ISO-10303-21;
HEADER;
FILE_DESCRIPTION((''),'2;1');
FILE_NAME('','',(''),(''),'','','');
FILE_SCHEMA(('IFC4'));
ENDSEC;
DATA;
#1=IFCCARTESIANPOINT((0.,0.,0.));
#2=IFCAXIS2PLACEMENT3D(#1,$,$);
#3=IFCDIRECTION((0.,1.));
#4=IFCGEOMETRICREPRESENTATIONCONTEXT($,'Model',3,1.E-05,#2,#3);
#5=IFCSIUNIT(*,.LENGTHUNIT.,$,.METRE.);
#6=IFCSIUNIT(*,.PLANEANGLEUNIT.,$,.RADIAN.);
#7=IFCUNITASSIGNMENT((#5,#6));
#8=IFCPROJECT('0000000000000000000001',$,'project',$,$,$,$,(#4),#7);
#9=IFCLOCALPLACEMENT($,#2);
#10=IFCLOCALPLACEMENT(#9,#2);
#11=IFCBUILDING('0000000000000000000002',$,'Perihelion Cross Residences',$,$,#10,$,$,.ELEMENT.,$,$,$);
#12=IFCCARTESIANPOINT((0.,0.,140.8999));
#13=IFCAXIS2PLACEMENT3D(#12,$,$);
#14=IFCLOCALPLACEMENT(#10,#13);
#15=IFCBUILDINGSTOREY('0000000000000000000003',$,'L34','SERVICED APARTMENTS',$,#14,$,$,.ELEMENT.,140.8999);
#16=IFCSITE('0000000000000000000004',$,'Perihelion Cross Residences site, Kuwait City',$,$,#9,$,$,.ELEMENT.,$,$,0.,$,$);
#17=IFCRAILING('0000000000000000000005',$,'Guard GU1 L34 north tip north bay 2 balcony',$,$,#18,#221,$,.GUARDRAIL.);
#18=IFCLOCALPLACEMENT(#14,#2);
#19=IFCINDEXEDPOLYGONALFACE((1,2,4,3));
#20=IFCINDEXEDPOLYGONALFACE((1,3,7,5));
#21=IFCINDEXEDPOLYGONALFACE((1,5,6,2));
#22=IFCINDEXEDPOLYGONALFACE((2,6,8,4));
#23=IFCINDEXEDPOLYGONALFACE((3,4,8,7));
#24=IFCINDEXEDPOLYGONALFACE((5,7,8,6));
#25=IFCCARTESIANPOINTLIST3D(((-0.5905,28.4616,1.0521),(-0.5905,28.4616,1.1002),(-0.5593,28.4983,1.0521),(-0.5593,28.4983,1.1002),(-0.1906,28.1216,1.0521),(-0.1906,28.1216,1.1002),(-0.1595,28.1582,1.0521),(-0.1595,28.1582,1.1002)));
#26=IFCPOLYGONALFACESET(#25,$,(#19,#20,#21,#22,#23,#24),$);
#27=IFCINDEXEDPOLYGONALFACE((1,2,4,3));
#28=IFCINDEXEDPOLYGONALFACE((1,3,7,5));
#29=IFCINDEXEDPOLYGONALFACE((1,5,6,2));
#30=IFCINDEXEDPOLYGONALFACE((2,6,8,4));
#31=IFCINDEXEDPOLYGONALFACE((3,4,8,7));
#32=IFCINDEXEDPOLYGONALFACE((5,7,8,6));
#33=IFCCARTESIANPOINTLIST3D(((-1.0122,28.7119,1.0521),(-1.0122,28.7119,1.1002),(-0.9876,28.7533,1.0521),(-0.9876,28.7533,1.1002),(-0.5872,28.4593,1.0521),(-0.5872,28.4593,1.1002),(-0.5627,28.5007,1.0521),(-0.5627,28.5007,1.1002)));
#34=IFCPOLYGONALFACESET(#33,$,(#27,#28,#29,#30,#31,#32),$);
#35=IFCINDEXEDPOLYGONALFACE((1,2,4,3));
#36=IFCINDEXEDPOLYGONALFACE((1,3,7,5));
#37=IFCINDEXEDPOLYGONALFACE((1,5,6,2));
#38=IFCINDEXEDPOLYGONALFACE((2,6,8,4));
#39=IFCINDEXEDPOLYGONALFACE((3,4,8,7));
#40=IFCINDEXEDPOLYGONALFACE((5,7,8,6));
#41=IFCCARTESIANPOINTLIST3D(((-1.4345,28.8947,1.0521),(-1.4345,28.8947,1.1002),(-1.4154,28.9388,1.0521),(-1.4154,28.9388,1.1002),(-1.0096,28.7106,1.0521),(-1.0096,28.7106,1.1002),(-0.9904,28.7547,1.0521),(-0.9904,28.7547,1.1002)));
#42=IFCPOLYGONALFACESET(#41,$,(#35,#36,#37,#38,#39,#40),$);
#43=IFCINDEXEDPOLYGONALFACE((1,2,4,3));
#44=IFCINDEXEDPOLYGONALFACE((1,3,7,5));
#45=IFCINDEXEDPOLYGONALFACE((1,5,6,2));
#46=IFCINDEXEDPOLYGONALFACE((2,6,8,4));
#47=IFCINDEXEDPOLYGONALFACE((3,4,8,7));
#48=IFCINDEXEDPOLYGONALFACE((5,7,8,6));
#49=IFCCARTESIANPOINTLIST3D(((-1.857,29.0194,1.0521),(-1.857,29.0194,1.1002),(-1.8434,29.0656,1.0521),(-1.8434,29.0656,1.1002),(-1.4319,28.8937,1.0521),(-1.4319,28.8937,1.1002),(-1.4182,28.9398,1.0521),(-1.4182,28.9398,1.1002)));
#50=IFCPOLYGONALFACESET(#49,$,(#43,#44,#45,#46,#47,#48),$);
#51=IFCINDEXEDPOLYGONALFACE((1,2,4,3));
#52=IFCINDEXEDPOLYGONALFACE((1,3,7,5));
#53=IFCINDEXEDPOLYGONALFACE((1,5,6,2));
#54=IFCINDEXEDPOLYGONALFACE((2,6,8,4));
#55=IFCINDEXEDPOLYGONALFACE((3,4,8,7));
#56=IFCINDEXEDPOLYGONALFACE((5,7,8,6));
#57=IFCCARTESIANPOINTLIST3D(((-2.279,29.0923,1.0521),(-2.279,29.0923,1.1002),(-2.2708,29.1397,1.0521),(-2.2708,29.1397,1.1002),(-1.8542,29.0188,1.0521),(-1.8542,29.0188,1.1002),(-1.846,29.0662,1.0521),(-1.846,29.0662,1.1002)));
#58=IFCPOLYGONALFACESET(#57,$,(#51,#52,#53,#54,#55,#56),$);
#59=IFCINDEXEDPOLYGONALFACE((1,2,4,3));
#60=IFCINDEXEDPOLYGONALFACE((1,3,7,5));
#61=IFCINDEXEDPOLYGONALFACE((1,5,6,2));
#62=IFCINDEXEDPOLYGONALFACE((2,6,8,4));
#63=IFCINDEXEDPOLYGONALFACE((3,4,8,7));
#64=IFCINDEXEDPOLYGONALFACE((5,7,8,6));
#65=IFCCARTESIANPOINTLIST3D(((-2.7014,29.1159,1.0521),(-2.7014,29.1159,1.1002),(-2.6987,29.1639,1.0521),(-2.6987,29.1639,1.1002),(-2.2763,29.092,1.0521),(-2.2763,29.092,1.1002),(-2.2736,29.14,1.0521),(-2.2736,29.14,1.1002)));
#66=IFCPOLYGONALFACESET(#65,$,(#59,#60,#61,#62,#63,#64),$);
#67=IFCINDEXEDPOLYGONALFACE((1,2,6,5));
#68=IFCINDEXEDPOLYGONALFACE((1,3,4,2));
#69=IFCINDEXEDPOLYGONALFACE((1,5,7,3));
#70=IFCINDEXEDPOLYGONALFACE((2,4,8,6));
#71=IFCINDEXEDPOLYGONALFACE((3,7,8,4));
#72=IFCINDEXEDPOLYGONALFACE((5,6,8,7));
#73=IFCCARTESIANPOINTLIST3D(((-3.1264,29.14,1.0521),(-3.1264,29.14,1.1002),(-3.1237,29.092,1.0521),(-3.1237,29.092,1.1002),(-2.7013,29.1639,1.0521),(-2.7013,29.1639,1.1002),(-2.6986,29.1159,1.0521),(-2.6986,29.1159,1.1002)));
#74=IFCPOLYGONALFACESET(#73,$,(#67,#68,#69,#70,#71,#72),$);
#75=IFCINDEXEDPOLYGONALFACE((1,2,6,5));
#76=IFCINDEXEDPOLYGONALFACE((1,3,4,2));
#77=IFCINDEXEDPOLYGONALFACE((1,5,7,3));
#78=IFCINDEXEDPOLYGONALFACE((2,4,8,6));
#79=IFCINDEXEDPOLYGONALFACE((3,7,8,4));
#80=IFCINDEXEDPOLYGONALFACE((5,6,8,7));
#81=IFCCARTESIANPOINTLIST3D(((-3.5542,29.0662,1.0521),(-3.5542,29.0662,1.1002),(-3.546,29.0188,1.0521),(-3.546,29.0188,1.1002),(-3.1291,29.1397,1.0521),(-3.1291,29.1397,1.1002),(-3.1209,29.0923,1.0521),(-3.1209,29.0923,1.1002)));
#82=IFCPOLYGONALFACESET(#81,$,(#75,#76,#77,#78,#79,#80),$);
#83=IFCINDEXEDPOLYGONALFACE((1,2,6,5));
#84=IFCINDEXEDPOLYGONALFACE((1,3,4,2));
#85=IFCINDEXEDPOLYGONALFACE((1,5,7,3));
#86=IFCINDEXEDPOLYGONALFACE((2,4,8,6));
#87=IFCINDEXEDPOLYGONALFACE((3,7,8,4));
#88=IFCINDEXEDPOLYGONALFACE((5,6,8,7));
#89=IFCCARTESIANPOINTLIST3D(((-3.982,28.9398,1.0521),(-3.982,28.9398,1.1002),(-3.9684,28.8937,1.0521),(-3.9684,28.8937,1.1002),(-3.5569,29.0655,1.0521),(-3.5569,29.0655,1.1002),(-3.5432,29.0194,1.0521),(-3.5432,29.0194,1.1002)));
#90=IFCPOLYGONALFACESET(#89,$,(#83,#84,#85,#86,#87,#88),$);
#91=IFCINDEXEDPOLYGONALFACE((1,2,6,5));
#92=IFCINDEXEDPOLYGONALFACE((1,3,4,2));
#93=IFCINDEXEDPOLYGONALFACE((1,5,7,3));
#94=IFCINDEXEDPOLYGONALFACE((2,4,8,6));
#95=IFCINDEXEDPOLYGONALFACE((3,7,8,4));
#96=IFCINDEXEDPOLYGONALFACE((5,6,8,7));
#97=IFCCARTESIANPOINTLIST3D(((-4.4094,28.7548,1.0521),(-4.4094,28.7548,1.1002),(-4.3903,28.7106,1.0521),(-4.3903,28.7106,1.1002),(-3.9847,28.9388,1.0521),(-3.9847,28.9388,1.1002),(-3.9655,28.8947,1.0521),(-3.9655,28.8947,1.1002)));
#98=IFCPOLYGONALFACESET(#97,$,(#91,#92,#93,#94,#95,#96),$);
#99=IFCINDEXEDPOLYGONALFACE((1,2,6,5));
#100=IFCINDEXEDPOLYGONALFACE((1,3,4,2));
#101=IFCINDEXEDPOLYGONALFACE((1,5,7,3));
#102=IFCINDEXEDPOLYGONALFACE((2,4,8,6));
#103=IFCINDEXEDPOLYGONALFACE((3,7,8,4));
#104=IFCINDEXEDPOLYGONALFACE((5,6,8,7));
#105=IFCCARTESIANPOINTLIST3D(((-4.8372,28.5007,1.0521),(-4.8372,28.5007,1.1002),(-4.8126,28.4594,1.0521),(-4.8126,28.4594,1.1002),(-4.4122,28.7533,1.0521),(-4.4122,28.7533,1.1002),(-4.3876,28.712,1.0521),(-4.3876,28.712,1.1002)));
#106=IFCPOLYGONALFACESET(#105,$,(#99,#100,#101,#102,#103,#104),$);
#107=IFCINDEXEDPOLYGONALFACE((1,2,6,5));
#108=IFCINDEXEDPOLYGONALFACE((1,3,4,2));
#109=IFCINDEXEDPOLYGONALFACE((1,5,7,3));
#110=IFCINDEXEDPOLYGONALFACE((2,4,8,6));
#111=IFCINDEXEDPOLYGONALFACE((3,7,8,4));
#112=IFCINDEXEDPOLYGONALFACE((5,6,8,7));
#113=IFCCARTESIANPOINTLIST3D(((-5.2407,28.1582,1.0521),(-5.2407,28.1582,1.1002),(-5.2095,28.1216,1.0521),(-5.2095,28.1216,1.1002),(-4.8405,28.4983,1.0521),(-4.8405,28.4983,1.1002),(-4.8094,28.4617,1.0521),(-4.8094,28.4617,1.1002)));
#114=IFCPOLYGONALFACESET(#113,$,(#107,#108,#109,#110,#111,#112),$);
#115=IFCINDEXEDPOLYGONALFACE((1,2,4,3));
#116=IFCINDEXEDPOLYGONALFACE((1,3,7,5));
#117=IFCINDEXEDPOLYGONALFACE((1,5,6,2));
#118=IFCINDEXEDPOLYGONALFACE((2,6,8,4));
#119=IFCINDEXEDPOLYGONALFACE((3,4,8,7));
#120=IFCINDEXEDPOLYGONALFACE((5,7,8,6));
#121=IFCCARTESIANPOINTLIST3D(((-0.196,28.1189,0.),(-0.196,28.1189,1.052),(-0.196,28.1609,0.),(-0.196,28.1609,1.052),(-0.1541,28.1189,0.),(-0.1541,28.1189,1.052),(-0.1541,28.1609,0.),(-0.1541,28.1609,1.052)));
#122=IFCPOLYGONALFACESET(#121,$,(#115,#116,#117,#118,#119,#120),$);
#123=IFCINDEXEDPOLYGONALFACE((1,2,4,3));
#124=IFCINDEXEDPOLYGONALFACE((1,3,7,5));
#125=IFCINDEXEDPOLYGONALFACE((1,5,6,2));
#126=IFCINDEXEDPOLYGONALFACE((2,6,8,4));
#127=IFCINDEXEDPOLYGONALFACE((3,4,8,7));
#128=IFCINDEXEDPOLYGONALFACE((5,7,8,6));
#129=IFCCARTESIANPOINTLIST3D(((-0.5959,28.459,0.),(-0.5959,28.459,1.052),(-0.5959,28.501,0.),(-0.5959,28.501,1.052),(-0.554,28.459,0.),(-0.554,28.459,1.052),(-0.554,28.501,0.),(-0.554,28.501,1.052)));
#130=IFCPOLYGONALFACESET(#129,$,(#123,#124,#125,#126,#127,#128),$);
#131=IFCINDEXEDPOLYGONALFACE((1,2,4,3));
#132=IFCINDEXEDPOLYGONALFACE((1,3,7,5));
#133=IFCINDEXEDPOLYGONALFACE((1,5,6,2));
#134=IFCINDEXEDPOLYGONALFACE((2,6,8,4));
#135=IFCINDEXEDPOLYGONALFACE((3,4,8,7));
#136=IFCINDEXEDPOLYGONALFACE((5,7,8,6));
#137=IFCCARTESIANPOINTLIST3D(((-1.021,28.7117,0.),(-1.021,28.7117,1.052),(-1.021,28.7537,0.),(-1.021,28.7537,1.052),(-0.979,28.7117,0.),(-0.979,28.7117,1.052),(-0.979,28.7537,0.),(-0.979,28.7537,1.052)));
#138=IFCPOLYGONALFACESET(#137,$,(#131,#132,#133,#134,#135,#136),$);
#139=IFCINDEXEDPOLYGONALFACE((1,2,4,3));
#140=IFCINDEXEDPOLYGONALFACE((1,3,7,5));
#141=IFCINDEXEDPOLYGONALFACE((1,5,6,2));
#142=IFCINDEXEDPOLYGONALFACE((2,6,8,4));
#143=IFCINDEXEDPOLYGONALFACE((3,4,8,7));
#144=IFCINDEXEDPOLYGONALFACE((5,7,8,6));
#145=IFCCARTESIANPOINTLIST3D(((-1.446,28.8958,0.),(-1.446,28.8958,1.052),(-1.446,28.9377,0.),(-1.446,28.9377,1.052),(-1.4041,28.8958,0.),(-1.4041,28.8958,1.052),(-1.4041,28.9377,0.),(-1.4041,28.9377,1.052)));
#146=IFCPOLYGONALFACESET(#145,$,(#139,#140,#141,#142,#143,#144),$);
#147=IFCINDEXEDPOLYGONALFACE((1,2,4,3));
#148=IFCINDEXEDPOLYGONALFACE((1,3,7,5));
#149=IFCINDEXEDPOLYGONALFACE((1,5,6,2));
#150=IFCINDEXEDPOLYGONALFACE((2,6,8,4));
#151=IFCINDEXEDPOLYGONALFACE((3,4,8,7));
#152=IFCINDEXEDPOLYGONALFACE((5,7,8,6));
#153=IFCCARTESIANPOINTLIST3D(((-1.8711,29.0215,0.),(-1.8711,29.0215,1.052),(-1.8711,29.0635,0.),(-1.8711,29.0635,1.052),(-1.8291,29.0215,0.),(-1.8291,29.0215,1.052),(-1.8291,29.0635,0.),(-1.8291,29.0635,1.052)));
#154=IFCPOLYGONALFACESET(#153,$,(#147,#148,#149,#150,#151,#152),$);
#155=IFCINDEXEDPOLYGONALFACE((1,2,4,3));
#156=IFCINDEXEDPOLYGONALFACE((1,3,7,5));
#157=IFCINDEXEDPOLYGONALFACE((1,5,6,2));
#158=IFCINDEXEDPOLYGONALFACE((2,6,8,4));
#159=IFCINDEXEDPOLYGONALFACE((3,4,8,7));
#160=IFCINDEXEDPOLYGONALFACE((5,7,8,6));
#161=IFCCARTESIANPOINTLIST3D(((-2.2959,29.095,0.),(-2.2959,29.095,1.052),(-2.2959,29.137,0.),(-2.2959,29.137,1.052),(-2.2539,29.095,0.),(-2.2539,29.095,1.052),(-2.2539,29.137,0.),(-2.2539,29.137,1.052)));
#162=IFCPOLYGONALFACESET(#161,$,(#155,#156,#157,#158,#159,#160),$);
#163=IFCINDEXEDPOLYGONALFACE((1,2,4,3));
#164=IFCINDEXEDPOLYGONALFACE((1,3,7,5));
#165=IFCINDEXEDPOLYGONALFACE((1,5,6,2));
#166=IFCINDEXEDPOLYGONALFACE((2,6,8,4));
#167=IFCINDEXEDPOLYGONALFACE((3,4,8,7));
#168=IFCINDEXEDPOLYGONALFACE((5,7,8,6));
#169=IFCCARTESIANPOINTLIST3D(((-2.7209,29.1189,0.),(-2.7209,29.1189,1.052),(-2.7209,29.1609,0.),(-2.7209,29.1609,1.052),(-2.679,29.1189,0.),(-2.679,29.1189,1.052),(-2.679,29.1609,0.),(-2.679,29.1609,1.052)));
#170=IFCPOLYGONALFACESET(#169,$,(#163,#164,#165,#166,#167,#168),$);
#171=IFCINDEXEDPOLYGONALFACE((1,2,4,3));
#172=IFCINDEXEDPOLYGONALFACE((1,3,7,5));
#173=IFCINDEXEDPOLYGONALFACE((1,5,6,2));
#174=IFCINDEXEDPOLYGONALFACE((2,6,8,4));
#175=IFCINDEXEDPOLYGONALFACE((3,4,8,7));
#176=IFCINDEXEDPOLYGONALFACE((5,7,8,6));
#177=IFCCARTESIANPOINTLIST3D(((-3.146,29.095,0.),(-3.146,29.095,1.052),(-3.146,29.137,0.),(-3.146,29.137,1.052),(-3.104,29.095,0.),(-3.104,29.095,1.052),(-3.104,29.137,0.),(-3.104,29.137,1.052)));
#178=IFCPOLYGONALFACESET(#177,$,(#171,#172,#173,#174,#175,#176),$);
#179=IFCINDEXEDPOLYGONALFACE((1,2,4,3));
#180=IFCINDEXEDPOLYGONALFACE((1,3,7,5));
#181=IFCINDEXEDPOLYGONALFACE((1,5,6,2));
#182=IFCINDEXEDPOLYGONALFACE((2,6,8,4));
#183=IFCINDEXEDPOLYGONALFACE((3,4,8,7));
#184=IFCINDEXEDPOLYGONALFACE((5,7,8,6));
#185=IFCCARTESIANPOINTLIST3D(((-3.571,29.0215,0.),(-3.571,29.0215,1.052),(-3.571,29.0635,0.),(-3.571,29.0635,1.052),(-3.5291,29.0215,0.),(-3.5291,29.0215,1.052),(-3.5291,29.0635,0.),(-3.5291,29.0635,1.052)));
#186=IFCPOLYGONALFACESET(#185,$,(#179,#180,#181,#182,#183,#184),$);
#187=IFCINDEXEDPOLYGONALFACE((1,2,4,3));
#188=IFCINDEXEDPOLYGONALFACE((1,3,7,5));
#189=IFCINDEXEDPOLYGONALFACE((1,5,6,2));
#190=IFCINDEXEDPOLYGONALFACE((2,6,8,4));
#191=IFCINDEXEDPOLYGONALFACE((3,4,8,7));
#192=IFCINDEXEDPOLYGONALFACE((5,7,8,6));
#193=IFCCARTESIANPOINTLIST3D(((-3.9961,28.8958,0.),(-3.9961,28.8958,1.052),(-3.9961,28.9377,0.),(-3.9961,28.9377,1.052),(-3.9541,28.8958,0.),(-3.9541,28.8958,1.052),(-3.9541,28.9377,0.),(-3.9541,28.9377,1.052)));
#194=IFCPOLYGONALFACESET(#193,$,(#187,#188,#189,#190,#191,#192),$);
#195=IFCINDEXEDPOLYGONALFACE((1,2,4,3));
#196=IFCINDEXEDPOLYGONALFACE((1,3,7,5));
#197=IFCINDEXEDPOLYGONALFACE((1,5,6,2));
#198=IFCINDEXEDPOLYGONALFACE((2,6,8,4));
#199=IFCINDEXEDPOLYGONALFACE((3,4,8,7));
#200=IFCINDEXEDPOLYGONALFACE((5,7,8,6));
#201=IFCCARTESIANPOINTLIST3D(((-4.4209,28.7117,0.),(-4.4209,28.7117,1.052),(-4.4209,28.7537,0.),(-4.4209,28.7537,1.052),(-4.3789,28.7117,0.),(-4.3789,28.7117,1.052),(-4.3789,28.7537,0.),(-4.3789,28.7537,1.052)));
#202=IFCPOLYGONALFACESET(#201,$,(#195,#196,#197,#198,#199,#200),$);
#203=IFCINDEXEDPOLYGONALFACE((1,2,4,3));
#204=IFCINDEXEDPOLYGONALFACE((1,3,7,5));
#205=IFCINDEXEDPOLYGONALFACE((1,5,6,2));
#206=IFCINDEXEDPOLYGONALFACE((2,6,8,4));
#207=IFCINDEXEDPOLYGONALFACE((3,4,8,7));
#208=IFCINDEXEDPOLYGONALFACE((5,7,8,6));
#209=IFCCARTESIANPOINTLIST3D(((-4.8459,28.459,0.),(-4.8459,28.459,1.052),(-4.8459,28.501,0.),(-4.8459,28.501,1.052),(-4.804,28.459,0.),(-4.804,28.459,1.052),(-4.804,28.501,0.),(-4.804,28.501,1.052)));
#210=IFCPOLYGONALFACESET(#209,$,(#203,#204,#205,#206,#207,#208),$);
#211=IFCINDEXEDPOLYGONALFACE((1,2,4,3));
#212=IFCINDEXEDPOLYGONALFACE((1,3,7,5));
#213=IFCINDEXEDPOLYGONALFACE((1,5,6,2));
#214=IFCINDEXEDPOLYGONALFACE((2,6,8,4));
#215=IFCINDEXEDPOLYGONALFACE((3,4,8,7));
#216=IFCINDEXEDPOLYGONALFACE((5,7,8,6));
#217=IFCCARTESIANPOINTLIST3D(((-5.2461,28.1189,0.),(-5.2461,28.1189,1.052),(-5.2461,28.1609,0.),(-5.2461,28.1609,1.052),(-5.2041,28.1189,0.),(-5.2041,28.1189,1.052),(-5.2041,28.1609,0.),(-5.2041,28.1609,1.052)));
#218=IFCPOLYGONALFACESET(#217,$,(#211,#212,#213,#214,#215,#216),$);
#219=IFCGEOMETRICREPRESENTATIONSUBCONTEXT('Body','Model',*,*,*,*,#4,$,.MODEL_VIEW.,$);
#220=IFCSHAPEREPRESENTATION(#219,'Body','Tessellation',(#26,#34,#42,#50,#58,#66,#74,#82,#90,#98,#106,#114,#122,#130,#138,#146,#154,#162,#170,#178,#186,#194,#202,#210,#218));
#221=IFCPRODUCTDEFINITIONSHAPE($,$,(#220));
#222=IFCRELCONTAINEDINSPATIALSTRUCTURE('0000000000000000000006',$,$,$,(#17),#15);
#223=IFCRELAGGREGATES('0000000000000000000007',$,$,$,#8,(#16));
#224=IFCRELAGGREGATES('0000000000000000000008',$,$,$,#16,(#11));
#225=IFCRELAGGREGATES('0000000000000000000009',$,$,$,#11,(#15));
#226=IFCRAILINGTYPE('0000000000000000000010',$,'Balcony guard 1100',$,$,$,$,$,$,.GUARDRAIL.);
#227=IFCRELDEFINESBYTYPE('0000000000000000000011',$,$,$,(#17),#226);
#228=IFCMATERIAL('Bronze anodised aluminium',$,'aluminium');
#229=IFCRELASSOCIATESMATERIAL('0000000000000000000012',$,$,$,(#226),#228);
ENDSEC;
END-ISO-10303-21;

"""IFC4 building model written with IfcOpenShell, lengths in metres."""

from ifc_helpers import new_model, si_unit, direction, frame, origin, origin_2d, place, context, subcontext, project, spatial, rectangle, extrude, material, type_object, element, save


model = new_model("IFC4")

# Units and contexts
model_context = context("Model", 3, precision=1e-05, world=origin(), true_north=direction((0.0, 1.0)))
body_context = subcontext(model_context, "Body", "Model", "MODEL_VIEW")
ifc_project = project(units=[si_unit("LENGTHUNIT", "METRE"), si_unit("PLANEANGLEUNIT", "RADIAN")], contexts=[model_context])

# Site, building, storey
site_placement = place(None, origin())
site = spatial("IfcSite", under=ifc_project, at=site_placement, Name="Perihelion Cross Residences site, Kuwait City", CompositionType="ELEMENT", RefElevation=0.0)
building_placement = place(site_placement, origin())
building = spatial("IfcBuilding", under=site, at=building_placement, Name="Perihelion Cross Residences", CompositionType="ELEMENT")
storey_placement = place(building_placement, frame((0.0, 0.0, 140.8999)))
storey = spatial("IfcBuildingStorey", under=building, at=storey_placement, Name="L34", Description="SERVICED APARTMENTS", CompositionType="ELEMENT", Elevation=140.8999)

# Railing
ifc_material_1 = material(Name="Bronze anodised aluminium", Category="aluminium")
railing_type = type_object("IfcRailingType", Name="Balcony guard 1100", PredefinedType="GUARDRAIL", material=ifc_material_1)
railing_placement = place(storey_placement, frame((-0.175, 28.1399, 0.0)))
element("IfcRailing", 1, at=railing_placement, inside=storey, type_object=railing_type, Name="Guard GU1 L34 north tip north bay 2 balcony", PredefinedType="GUARDRAIL", context=body_context, shape_type="SweptSolid", body=[
    extrude(rectangle(XDim=0.0481, YDim=0.0481, at=origin_2d()), frame((0.0, 0.0, 1.0762), z_axis=(-0.761779, 0.647837, 0.0), x_axis=(-0.647837, -0.761779, 0.0)), (0.0, 0.0, 1.0), 0.5249),
    extrude(rectangle(XDim=0.0481, YDim=0.0481, at=origin_2d()), frame((-0.3999, 0.3401, 1.0762), z_axis=(-0.859577, 0.511006, 0.0), x_axis=(-0.511006, -0.859577, 0.0)), (0.0, 0.0, 1.0), 0.4944),
    extrude(rectangle(XDim=0.0481, YDim=0.0481, at=origin_2d()), frame((-0.825, 0.5928, 1.0762), z_axis=(-0.917639, 0.397415, 0.0), x_axis=(-0.397415, -0.917639, 0.0)), (0.0, 0.0, 1.0), 0.4631),
    extrude(rectangle(XDim=0.0481, YDim=0.0481, at=origin_2d()), frame((-1.25, 0.7769, 1.0762), z_axis=(-0.958926, 0.283657, 0.0), x_axis=(-0.283657, -0.958926, 0.0)), (0.0, 0.0, 1.0), 0.4434),
    extrude(rectangle(XDim=0.0481, YDim=0.0481, at=origin_2d()), frame((-1.675, 0.9026, 1.0762), z_axis=(-0.985365, 0.170457, 0.0), x_axis=(-0.170457, -0.985365, 0.0)), (0.0, 0.0, 1.0), 0.4312),
    extrude(rectangle(XDim=0.0481, YDim=0.0481, at=origin_2d()), frame((-2.0999, 0.9761, 1.0762), z_axis=(-0.99842, 0.056201, 0.0), x_axis=(-0.056201, -0.99842, 0.0)), (0.0, 0.0, 1.0), 0.4258),
    extrude(rectangle(XDim=0.0481, YDim=0.0481, at=origin_2d()), frame((-2.5249, 1.0, 1.0762), z_axis=(-0.99842, -0.056201, 0.0), x_axis=(0.056201, -0.99842, 0.0)), (0.0, 0.0, 1.0), 0.4258),
    extrude(rectangle(XDim=0.0481, YDim=0.0481, at=origin_2d()), frame((-2.95, 0.9761, 1.0762), z_axis=(-0.985382, -0.170362, 0.0), x_axis=(0.170362, -0.985382, 0.0)), (0.0, 0.0, 1.0), 0.4314),
    extrude(rectangle(XDim=0.0481, YDim=0.0481, at=origin_2d()), frame((-3.375, 0.9026, 1.0762), z_axis=(-0.958926, -0.283657, 0.0), x_axis=(0.283657, -0.958926, 0.0)), (0.0, 0.0, 1.0), 0.4434),
    extrude(rectangle(XDim=0.0481, YDim=0.0481, at=origin_2d()), frame((-3.8, 0.7769, 1.0762), z_axis=(-0.917556, -0.397607, 0.0), x_axis=(0.397607, -0.917556, 0.0)), (0.0, 0.0, 1.0), 0.4629),
    extrude(rectangle(XDim=0.0481, YDim=0.0481, at=origin_2d()), frame((-4.2249, 0.5928, 1.0762), z_axis=(-0.859577, -0.511006, 0.0), x_axis=(0.511006, -0.859577, 0.0)), (0.0, 0.0, 1.0), 0.4944),
    extrude(rectangle(XDim=0.0481, YDim=0.0481, at=origin_2d()), frame((-4.6499, 0.3401, 1.0762), z_axis=(-0.761974, -0.647608, 0.0), x_axis=(0.647608, -0.761974, 0.0)), (0.0, 0.0, 1.0), 0.5251),
    extrude(rectangle(XDim=0.042, YDim=0.042, at=origin_2d()), origin(), (0.0, 0.0, 1.0), 1.052),
    extrude(rectangle(XDim=0.042, YDim=0.042, at=origin_2d()), frame((-0.3999, 0.3401, 0.0)), (0.0, 0.0, 1.0), 1.052),
    extrude(rectangle(XDim=0.042, YDim=0.042, at=origin_2d()), frame((-0.825, 0.5928, 0.0)), (0.0, 0.0, 1.0), 1.052),
    extrude(rectangle(XDim=0.042, YDim=0.042, at=origin_2d()), frame((-1.25, 0.7769, 0.0)), (0.0, 0.0, 1.0), 1.052),
    extrude(rectangle(XDim=0.042, YDim=0.042, at=origin_2d()), frame((-1.675, 0.9026, 0.0)), (0.0, 0.0, 1.0), 1.052),
    extrude(rectangle(XDim=0.042, YDim=0.042, at=origin_2d()), frame((-2.0999, 0.9761, 0.0)), (0.0, 0.0, 1.0), 1.052),
    extrude(rectangle(XDim=0.042, YDim=0.042, at=origin_2d()), frame((-2.5249, 1.0, 0.0)), (0.0, 0.0, 1.0), 1.052),
    extrude(rectangle(XDim=0.042, YDim=0.042, at=origin_2d()), frame((-2.95, 0.9761, 0.0)), (0.0, 0.0, 1.0), 1.052),
    extrude(rectangle(XDim=0.042, YDim=0.042, at=origin_2d()), frame((-3.375, 0.9026, 0.0)), (0.0, 0.0, 1.0), 1.052),
    extrude(rectangle(XDim=0.042, YDim=0.042, at=origin_2d()), frame((-3.8, 0.7769, 0.0)), (0.0, 0.0, 1.0), 1.052),
    extrude(rectangle(XDim=0.042, YDim=0.042, at=origin_2d()), frame((-4.2249, 0.5928, 0.0)), (0.0, 0.0, 1.0), 1.052),
    extrude(rectangle(XDim=0.042, YDim=0.042, at=origin_2d()), frame((-4.6499, 0.3401, 0.0)), (0.0, 0.0, 1.0), 1.052),
    extrude(rectangle(XDim=0.042, YDim=0.042, at=origin_2d()), frame((-5.05, 0.0, 0.0)), (0.0, 0.0, 1.0), 1.052),
])

save(model, "model.ifc")
